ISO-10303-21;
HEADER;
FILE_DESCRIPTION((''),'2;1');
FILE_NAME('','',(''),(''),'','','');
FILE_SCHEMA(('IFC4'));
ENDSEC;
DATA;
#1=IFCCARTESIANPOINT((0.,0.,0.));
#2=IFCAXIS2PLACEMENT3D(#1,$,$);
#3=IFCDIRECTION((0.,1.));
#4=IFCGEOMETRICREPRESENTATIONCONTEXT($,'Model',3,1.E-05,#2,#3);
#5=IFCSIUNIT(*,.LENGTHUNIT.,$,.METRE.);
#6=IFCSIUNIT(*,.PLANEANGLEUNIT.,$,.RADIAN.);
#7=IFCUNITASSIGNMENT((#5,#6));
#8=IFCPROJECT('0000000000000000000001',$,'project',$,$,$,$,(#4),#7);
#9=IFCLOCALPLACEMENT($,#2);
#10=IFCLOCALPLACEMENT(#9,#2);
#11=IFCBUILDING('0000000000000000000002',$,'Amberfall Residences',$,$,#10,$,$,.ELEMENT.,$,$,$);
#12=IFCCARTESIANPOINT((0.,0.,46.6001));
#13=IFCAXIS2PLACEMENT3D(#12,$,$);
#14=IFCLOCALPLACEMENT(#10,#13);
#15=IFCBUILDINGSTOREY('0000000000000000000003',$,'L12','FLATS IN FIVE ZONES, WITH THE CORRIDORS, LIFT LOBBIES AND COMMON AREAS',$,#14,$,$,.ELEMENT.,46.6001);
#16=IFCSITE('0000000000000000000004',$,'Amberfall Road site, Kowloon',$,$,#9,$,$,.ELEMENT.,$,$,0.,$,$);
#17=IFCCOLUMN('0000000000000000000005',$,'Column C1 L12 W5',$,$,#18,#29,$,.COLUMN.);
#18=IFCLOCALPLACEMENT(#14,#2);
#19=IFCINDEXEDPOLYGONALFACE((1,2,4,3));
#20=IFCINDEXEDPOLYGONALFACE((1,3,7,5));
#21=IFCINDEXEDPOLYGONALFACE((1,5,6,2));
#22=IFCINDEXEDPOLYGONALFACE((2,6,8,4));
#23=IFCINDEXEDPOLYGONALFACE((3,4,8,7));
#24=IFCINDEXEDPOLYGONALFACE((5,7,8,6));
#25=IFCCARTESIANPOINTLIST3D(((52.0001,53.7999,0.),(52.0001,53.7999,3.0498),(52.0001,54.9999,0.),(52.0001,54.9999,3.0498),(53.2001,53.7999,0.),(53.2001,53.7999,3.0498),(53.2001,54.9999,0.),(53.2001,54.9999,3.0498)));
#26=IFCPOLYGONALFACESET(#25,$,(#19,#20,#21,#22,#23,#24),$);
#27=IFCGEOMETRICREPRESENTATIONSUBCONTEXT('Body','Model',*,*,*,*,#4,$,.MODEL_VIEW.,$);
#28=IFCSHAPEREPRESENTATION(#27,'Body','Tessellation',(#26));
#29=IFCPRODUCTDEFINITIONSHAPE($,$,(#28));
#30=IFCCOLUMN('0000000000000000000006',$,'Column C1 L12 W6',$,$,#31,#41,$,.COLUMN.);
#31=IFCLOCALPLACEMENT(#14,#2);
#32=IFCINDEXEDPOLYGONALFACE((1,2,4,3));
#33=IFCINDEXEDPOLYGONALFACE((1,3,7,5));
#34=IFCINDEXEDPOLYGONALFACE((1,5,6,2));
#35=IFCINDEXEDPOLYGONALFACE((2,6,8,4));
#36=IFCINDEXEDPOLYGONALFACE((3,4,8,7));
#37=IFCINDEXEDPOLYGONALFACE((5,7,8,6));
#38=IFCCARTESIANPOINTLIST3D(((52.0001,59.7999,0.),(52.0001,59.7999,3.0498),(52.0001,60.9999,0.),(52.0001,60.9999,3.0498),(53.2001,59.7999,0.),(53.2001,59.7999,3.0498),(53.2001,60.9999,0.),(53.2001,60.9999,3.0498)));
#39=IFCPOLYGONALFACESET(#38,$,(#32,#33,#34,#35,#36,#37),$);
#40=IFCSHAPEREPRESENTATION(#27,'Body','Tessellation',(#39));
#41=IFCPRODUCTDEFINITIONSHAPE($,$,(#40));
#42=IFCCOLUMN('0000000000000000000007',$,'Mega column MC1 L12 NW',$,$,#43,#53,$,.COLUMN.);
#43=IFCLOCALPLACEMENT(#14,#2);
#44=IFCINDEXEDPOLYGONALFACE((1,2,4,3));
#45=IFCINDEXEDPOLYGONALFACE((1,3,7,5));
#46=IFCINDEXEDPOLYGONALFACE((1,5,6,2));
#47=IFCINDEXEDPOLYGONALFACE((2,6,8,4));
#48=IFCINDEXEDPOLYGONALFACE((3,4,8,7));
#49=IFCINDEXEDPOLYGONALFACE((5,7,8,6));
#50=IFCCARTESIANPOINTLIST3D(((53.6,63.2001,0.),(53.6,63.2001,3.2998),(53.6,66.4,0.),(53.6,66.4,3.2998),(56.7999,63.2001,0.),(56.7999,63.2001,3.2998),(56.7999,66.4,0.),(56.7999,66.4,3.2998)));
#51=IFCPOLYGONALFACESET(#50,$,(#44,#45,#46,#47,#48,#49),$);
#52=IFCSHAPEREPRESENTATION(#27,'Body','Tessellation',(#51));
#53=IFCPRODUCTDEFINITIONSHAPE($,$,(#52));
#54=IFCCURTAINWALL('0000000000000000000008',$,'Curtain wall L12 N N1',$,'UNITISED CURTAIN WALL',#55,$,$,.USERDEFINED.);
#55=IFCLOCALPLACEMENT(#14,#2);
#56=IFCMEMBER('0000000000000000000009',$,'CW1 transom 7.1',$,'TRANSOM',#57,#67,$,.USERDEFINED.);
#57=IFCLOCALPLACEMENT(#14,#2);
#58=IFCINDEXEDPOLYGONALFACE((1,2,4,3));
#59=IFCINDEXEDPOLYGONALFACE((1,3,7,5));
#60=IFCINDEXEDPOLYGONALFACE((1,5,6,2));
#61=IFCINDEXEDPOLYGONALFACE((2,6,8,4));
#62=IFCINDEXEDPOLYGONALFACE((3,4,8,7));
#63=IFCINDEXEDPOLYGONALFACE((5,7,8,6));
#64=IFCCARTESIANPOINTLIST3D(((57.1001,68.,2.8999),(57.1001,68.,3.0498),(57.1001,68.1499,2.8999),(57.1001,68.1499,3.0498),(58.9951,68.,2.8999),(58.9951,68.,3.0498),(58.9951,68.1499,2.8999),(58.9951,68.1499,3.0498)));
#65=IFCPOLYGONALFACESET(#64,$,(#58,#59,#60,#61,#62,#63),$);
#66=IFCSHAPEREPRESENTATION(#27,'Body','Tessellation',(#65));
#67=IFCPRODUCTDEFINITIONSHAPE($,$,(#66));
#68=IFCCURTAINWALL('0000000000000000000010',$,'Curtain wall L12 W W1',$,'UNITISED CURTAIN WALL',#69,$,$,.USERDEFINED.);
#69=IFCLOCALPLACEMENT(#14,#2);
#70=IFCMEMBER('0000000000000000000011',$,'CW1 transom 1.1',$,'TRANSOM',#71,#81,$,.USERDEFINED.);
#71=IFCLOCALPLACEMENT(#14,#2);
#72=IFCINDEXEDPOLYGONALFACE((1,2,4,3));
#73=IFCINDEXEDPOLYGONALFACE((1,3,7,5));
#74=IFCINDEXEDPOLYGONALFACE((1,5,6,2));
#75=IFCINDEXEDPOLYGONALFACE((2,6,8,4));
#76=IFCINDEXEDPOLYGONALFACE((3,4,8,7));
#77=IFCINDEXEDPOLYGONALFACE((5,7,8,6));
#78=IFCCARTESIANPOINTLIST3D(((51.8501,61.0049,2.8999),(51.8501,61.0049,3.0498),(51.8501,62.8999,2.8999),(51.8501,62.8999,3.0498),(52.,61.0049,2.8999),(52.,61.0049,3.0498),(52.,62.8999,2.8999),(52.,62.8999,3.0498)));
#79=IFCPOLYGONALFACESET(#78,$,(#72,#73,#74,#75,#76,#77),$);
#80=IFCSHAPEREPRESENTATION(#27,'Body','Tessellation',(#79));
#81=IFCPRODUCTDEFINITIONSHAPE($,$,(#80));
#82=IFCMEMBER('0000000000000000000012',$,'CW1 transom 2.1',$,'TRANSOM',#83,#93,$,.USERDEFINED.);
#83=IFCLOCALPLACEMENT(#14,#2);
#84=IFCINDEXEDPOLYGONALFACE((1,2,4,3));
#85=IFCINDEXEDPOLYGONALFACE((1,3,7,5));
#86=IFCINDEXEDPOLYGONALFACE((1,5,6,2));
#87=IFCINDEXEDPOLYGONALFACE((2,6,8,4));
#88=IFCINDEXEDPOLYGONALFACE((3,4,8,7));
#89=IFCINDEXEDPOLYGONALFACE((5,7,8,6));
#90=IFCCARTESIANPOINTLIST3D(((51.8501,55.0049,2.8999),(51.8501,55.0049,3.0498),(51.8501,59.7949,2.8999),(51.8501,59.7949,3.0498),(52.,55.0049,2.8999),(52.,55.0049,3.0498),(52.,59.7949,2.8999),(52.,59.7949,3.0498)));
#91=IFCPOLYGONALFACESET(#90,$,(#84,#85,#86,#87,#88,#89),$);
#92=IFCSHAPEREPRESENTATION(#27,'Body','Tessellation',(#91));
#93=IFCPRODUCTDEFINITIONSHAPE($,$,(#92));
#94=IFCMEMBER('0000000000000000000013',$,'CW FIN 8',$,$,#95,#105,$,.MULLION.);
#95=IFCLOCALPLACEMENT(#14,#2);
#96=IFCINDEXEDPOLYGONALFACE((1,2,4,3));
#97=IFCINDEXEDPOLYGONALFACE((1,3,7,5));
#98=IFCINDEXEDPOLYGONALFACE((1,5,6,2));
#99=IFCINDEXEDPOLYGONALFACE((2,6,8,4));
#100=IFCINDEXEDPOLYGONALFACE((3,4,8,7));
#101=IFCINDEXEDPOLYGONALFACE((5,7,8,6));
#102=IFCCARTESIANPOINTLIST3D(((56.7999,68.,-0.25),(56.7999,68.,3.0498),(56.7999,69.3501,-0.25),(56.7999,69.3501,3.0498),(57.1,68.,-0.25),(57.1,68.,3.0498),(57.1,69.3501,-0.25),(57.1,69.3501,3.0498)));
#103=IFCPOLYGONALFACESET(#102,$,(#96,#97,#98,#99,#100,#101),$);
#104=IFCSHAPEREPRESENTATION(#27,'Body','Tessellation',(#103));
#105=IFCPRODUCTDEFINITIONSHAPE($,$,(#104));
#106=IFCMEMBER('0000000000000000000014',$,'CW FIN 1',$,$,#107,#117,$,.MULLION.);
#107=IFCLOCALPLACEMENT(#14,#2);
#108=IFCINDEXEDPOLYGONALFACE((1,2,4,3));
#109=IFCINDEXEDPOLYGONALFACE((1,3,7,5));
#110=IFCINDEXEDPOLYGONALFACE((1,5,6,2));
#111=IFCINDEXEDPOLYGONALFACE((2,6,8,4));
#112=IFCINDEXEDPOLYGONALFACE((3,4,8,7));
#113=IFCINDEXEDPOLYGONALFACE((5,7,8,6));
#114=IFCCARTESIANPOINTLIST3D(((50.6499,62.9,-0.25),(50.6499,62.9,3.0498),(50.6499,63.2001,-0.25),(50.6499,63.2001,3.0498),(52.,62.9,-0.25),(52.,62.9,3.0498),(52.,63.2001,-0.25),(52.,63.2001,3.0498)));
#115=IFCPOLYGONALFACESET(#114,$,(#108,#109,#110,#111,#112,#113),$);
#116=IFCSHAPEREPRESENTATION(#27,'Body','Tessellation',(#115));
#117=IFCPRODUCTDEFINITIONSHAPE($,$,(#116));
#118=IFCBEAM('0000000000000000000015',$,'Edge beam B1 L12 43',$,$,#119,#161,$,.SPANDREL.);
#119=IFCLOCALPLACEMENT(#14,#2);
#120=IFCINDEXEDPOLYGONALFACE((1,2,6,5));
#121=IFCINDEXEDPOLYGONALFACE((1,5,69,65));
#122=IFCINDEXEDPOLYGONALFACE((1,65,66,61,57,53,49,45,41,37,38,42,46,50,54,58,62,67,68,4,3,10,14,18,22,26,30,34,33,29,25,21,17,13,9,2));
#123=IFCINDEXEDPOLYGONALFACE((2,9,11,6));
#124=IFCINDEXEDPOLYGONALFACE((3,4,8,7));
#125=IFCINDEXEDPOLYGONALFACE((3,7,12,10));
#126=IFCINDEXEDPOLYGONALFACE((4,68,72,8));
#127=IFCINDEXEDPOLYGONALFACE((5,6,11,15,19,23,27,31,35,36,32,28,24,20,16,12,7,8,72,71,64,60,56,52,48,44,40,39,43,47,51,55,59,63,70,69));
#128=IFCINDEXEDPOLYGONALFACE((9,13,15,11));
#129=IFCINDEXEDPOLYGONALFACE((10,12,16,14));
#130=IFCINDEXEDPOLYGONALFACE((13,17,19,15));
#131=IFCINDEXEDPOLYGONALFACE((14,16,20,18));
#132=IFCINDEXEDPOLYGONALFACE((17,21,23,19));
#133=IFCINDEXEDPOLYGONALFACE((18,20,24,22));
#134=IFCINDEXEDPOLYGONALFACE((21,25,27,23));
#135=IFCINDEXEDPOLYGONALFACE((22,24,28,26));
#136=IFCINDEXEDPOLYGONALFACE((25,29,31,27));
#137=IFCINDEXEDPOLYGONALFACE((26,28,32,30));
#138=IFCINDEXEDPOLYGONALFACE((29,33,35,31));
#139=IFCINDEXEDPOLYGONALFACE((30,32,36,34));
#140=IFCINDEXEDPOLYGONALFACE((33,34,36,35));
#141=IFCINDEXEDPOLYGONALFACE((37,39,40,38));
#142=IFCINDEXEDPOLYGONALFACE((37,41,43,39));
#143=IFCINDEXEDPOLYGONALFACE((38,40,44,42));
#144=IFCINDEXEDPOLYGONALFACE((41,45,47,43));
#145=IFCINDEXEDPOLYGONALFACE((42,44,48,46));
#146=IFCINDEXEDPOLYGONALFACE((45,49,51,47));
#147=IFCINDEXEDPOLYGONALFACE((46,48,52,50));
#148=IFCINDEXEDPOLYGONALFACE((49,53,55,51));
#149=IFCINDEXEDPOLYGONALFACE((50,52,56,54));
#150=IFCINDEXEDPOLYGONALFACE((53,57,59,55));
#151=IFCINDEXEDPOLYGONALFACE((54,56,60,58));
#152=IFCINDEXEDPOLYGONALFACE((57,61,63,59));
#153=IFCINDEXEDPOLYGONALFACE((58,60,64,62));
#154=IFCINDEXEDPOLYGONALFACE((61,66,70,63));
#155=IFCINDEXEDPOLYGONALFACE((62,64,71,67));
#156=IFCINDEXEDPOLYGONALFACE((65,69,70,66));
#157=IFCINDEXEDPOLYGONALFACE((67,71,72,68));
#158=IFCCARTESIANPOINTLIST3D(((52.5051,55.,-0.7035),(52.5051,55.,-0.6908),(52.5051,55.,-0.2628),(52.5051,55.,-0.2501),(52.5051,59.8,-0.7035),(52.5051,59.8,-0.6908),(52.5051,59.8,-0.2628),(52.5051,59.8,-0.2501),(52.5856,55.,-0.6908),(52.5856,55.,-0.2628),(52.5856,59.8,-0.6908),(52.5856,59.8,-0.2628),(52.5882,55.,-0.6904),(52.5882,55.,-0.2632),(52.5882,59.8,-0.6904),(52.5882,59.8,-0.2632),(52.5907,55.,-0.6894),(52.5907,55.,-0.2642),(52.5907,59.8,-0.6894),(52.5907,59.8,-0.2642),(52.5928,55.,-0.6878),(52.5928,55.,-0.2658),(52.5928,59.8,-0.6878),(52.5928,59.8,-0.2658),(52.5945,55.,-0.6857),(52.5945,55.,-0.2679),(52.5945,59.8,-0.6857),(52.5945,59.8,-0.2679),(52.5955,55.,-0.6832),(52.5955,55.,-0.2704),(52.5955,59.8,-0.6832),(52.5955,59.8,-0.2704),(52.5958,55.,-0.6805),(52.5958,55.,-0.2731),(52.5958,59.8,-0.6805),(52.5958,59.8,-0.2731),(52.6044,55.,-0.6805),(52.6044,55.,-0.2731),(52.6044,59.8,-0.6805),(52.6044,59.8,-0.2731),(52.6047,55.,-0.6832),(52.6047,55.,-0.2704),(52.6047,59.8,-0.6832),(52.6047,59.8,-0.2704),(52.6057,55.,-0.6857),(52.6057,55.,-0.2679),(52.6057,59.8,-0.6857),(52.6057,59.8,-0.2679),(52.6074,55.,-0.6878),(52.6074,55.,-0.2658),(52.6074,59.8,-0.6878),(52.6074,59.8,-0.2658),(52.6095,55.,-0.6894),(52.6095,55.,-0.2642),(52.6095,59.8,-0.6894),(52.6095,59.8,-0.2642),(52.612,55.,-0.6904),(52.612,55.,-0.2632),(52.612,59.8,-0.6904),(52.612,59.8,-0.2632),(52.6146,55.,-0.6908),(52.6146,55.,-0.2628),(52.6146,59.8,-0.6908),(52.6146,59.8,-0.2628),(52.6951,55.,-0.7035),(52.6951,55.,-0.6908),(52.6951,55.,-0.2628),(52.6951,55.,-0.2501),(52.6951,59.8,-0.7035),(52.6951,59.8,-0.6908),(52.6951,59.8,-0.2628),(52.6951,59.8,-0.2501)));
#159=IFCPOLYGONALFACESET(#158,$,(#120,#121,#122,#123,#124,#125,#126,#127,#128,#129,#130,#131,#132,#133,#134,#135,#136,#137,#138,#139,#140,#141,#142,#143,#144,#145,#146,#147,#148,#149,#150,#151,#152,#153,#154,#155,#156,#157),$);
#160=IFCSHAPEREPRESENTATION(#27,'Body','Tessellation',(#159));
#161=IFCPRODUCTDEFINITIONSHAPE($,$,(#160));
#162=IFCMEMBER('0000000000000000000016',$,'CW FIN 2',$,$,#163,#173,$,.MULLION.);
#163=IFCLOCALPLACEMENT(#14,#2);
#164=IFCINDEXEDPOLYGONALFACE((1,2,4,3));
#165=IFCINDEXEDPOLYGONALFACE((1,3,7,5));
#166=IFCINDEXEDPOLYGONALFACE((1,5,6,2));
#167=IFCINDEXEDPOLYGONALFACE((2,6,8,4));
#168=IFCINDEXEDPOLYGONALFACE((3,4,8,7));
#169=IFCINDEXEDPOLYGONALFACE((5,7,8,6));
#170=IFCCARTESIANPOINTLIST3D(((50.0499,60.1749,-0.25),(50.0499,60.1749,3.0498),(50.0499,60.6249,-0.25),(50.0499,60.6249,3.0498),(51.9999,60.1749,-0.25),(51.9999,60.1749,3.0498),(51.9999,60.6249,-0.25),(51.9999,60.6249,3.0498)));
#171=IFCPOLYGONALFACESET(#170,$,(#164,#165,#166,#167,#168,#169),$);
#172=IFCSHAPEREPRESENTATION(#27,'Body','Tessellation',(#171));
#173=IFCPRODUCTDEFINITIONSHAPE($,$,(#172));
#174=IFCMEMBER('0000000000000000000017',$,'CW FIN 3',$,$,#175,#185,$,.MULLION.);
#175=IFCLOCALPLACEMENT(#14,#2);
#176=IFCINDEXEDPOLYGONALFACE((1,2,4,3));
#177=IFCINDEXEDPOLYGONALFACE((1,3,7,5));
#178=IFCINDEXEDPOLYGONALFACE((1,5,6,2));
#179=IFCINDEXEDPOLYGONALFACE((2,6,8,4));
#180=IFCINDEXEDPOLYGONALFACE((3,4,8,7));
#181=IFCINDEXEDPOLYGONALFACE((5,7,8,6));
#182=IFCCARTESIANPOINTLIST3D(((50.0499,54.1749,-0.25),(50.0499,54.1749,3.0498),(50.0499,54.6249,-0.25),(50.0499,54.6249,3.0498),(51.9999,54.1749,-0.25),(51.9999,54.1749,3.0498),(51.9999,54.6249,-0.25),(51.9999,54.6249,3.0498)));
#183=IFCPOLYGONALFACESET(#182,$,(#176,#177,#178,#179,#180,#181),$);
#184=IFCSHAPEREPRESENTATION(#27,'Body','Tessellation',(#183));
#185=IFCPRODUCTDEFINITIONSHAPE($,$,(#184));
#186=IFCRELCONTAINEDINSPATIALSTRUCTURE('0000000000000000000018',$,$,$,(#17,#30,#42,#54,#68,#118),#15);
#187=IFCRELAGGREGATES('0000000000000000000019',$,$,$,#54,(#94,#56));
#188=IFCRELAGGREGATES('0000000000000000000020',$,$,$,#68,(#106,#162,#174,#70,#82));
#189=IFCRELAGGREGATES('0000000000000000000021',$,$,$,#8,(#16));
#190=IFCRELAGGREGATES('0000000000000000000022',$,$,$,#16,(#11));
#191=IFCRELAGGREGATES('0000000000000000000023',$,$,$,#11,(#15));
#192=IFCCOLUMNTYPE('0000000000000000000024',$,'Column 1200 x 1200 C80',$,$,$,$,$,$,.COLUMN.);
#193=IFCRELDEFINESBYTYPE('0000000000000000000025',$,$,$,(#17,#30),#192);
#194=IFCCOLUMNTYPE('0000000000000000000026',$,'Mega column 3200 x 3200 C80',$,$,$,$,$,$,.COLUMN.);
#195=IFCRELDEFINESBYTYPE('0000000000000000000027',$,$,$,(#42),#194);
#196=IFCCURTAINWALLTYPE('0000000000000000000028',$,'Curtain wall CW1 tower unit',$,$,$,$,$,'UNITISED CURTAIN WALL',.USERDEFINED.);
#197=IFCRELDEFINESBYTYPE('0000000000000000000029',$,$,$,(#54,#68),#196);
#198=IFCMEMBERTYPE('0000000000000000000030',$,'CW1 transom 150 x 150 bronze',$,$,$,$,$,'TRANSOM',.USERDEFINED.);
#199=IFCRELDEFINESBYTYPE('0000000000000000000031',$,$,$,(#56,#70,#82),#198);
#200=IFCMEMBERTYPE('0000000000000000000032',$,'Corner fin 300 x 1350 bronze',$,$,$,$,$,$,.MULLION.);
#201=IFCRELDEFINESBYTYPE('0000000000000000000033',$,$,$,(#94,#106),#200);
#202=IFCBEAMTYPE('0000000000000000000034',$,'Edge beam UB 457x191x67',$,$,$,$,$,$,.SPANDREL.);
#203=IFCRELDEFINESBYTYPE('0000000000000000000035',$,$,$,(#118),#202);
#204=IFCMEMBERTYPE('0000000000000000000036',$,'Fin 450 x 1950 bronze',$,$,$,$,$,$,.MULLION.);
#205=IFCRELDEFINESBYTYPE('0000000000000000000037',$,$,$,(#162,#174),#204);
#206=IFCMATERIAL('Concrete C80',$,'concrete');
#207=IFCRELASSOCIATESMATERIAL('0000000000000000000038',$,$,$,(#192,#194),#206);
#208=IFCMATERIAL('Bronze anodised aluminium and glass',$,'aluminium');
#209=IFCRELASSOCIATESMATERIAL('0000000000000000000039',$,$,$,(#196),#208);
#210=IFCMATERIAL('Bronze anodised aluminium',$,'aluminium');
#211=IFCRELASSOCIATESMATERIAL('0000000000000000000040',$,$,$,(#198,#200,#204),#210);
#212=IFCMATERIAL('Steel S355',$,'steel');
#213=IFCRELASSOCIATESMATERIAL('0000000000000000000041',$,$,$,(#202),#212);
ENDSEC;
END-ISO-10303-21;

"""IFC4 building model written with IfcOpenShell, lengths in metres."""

from ifc_helpers import new_model, si_unit, direction, frame, origin, origin_2d, place, context, subcontext, project, spatial, rectangle, i_section, extrude, material, material_profile, profile_set, type_object, element, aggregate, save


model = new_model("IFC4")

# Units and contexts
model_context = context("Model", 3, precision=1e-05, world=origin(), true_north=direction((0.0, 1.0)))
body_context = subcontext(model_context, "Body", "Model", "MODEL_VIEW")
ifc_project = project(units=[si_unit("LENGTHUNIT", "METRE"), si_unit("PLANEANGLEUNIT", "RADIAN")], contexts=[model_context])

# Site, building, storey
site_placement = place(None, origin())
site = spatial("IfcSite", under=ifc_project, at=site_placement, Name="Amberfall Road site, Kowloon", CompositionType="ELEMENT", RefElevation=0.0)
building_placement = place(site_placement, origin())
building = spatial("IfcBuilding", under=site, at=building_placement, Name="Amberfall Residences", CompositionType="ELEMENT")
storey_placement = place(building_placement, frame((0.0, 0.0, 46.6001)))
storey = spatial("IfcBuildingStorey", under=building, at=storey_placement, Name="L12", Description="FLATS IN FIVE ZONES, WITH THE CORRIDORS, LIFT LOBBIES AND COMMON AREAS", CompositionType="ELEMENT", Elevation=46.6001)

# Columns
ifc_material_1 = material(Name="Concrete C80", Category="concrete")
ifc_material_profile_1 = material_profile(ifc_material_1, rectangle(XDim=1.2, YDim=1.2, at=origin_2d()), Name="Column 1200 x 1200 C80")
ifc_profile_set_1 = profile_set([ifc_material_profile_1], Name="Concrete C80")
column_type_1 = type_object("IfcColumnType", Name="Column 1200 x 1200 C80", PredefinedType="COLUMN", material=ifc_profile_set_1)
for number, where, z_axis, x_axis, name in (
    (1, (52.6001, 54.3999, 0.0), (0.0, 0.0, 1.0), (1.0, 0.0, 0.0), "Column C1 L12 W5"),
    (2, (52.6001, 60.3999, 0.0), (0.0, 0.0, 1.0), (1.0, 0.0, 0.0), "Column C1 L12 W6"),
):
    element("IfcColumn", number, at=place(storey_placement, frame(where, z_axis=z_axis, x_axis=x_axis)), inside=storey, type_object=column_type_1, Name=name, PredefinedType="COLUMN", context=body_context, shape_type="SweptSolid", body=[
        extrude(rectangle(XDim=1.2, YDim=1.2, at=origin_2d()), origin(), (0.0, 0.0, 1.0), 3.0498),
    ])
ifc_material_profile_2 = material_profile(ifc_material_1, rectangle(XDim=3.2, YDim=3.2, at=origin_2d()), Name="Mega column 3200 x 3200 C80")
ifc_profile_set_2 = profile_set([ifc_material_profile_2], Name="Concrete C80")
column_type_2 = type_object("IfcColumnType", Name="Mega column 3200 x 3200 C80", PredefinedType="COLUMN", material=ifc_profile_set_2)
column_placement = place(storey_placement, frame((55.2, 64.8, 0.0), z_axis=(0.0, 0.0, 1.0), x_axis=(1.0, 0.0, 0.0)))
element("IfcColumn", 3, at=column_placement, inside=storey, type_object=column_type_2, Name="Mega column MC1 L12 NW", PredefinedType="COLUMN", context=body_context, shape_type="SweptSolid", body=[
    extrude(rectangle(XDim=3.2, YDim=3.2, at=origin_2d()), origin(), (0.0, 0.0, 1.0), 3.2998),
])

# Curtain wall, member
ifc_material_2 = material(Name="Bronze anodised aluminium and glass", Category="aluminium")
curtain_wall_type = type_object("IfcCurtainWallType", Name="Curtain wall CW1 tower unit", ElementType="UNITISED CURTAIN WALL", PredefinedType="USERDEFINED", material=ifc_material_2)
curtain_wall_1_placement = place(storey_placement, origin())
curtain_wall_1 = element("IfcCurtainWall", 4, at=curtain_wall_1_placement, inside=storey, type_object=curtain_wall_type, Name="Curtain wall L12 N N1", ObjectType="UNITISED CURTAIN WALL", PredefinedType="USERDEFINED")
ifc_material_3 = material(Name="Bronze anodised aluminium", Category="aluminium")
ifc_material_profile_3 = material_profile(ifc_material_3, rectangle(XDim=0.1499, YDim=0.1499, at=origin_2d()), Name="CW1 transom 150 x 150 bronze")
ifc_profile_set_3 = profile_set([ifc_material_profile_3], Name="Bronze anodised aluminium")
member_type_1 = type_object("IfcMemberType", Name="CW1 transom 150 x 150 bronze", ElementType="TRANSOM", PredefinedType="USERDEFINED", material=ifc_profile_set_3)
member_1_placement = place(storey_placement, frame((58.9951, 68.075, 2.9749), z_axis=(-1.0, 0.0, 0.0), x_axis=(0.0, -1.0, 0.0)))
member_1 = element("IfcMember", 5, at=member_1_placement, type_object=member_type_1, Name="CW1 transom 7.1", ObjectType="TRANSOM", PredefinedType="USERDEFINED", context=body_context, shape_type="SweptSolid", body=[
    extrude(rectangle(XDim=0.1499, YDim=0.1499, at=origin_2d()), origin(), (0.0, 0.0, 1.0), 1.895),
])

# Curtain wall, members
curtain_wall_2_placement = place(storey_placement, origin())
curtain_wall_2 = element("IfcCurtainWall", 6, at=curtain_wall_2_placement, inside=storey, type_object=curtain_wall_type, Name="Curtain wall L12 W W1", ObjectType="UNITISED CURTAIN WALL", PredefinedType="USERDEFINED")
member_2_placement = place(storey_placement, frame((51.925, 62.8999, 2.9749), z_axis=(0.0, -1.0, 0.0), x_axis=(1.0, 0.0, 0.0)))
member_2 = element("IfcMember", 7, at=member_2_placement, type_object=member_type_1, Name="CW1 transom 1.1", ObjectType="TRANSOM", PredefinedType="USERDEFINED", context=body_context, shape_type="SweptSolid", body=[
    extrude(rectangle(XDim=0.1499, YDim=0.1499, at=origin_2d()), origin(), (0.0, 0.0, 1.0), 1.895),
])
member_3_placement = place(storey_placement, frame((51.925, 59.7949, 2.9749), z_axis=(0.0, -1.0, 0.0), x_axis=(1.0, 0.0, 0.0)))
member_3 = element("IfcMember", 8, at=member_3_placement, type_object=member_type_1, Name="CW1 transom 2.1", ObjectType="TRANSOM", PredefinedType="USERDEFINED", context=body_context, shape_type="SweptSolid", body=[
    extrude(rectangle(XDim=0.1499, YDim=0.1499, at=origin_2d()), origin(), (0.0, 0.0, 1.0), 4.79),
])

# Members
ifc_material_profile_4 = material_profile(ifc_material_3, rectangle(XDim=1.3501, YDim=0.3, at=origin_2d()), Name="Corner fin 300 x 1350 bronze")
ifc_profile_set_4 = profile_set([ifc_material_profile_4], Name="Bronze anodised aluminium")
member_type_2 = type_object("IfcMemberType", Name="Corner fin 300 x 1350 bronze", PredefinedType="MULLION", material=ifc_profile_set_4)
member_4_placement = place(storey_placement, frame((56.95, 68.675, -0.25), z_axis=(0.0, 0.0, 1.0), x_axis=(0.0, -1.0, 0.0)))
member_4 = element("IfcMember", 9, at=member_4_placement, type_object=member_type_2, Name="CW FIN 8", PredefinedType="MULLION", context=body_context, shape_type="SweptSolid", body=[
    extrude(rectangle(XDim=1.3501, YDim=0.3, at=origin_2d()), origin(), (0.0, 0.0, 1.0), 3.2998),
])
member_5_placement = place(storey_placement, frame((51.325, 63.05, -0.25), z_axis=(0.0, 0.0, 1.0), x_axis=(1.0, 0.0, 0.0)))
member_5 = element("IfcMember", 10, at=member_5_placement, type_object=member_type_2, Name="CW FIN 1", PredefinedType="MULLION", context=body_context, shape_type="SweptSolid", body=[
    extrude(rectangle(XDim=1.3501, YDim=0.3, at=origin_2d()), origin(), (0.0, 0.0, 1.0), 3.2998),
])

# Beam
ifc_material_4 = material(Name="Steel S355", Category="steel")
ifc_material_profile_5 = material_profile(ifc_material_4, i_section(OverallWidth=0.1899, OverallDepth=0.4534, WebThickness=0.0085, FlangeThickness=0.0127, FilletRadius=0.0103, at=origin_2d()), Name="UB 457x191x67")
ifc_profile_set_5 = profile_set([ifc_material_profile_5], Name="Steel S355")
beam_type_1 = type_object("IfcBeamType", Name="Edge beam UB 457x191x67", PredefinedType="SPANDREL", material=ifc_profile_set_5)
beam_1_placement = place(storey_placement, frame((52.6001, 55.0, -0.4768), z_axis=(0.0, 1.0, 0.0), x_axis=(-1.0, 0.0, 0.0)))
element("IfcBeam", 11, at=beam_1_placement, inside=storey, type_object=beam_type_1, Name="Edge beam B1 L12 43", PredefinedType="SPANDREL", context=body_context, shape_type="SweptSolid", body=[
    extrude(i_section(OverallWidth=0.1899, OverallDepth=0.4534, WebThickness=0.0085, FlangeThickness=0.0127, FilletRadius=0.0103, at=origin_2d()), origin(), (0.0, 0.0, 1.0), 4.8),
])

# Members
ifc_material_profile_6 = material_profile(ifc_material_3, rectangle(XDim=1.95, YDim=0.45, at=origin_2d()), Name="Fin 450 x 1950 bronze")
ifc_profile_set_6 = profile_set([ifc_material_profile_6], Name="Bronze anodised aluminium")
member_type_3 = type_object("IfcMemberType", Name="Fin 450 x 1950 bronze", PredefinedType="MULLION", material=ifc_profile_set_6)
member_6_placement = place(storey_placement, frame((51.0249, 60.3999, -0.25), z_axis=(0.0, 0.0, 1.0), x_axis=(1.0, 0.0, 0.0)))
member_6 = element("IfcMember", 12, at=member_6_placement, type_object=member_type_3, Name="CW FIN 2", PredefinedType="MULLION", context=body_context, shape_type="SweptSolid", body=[
    extrude(rectangle(XDim=1.95, YDim=0.45, at=origin_2d()), origin(), (0.0, 0.0, 1.0), 3.2998),
])
member_7_placement = place(storey_placement, frame((51.0249, 54.3999, -0.25), z_axis=(0.0, 0.0, 1.0), x_axis=(1.0, 0.0, 0.0)))
member_7 = element("IfcMember", 13, at=member_7_placement, type_object=member_type_3, Name="CW FIN 3", PredefinedType="MULLION", context=body_context, shape_type="SweptSolid", body=[
    extrude(rectangle(XDim=1.95, YDim=0.45, at=origin_2d()), origin(), (0.0, 0.0, 1.0), 3.2998),
])

aggregate(curtain_wall_1, [member_4, member_1])
aggregate(curtain_wall_2, [member_5, member_6, member_7, member_2, member_3])

save(model, "model.ifc")
